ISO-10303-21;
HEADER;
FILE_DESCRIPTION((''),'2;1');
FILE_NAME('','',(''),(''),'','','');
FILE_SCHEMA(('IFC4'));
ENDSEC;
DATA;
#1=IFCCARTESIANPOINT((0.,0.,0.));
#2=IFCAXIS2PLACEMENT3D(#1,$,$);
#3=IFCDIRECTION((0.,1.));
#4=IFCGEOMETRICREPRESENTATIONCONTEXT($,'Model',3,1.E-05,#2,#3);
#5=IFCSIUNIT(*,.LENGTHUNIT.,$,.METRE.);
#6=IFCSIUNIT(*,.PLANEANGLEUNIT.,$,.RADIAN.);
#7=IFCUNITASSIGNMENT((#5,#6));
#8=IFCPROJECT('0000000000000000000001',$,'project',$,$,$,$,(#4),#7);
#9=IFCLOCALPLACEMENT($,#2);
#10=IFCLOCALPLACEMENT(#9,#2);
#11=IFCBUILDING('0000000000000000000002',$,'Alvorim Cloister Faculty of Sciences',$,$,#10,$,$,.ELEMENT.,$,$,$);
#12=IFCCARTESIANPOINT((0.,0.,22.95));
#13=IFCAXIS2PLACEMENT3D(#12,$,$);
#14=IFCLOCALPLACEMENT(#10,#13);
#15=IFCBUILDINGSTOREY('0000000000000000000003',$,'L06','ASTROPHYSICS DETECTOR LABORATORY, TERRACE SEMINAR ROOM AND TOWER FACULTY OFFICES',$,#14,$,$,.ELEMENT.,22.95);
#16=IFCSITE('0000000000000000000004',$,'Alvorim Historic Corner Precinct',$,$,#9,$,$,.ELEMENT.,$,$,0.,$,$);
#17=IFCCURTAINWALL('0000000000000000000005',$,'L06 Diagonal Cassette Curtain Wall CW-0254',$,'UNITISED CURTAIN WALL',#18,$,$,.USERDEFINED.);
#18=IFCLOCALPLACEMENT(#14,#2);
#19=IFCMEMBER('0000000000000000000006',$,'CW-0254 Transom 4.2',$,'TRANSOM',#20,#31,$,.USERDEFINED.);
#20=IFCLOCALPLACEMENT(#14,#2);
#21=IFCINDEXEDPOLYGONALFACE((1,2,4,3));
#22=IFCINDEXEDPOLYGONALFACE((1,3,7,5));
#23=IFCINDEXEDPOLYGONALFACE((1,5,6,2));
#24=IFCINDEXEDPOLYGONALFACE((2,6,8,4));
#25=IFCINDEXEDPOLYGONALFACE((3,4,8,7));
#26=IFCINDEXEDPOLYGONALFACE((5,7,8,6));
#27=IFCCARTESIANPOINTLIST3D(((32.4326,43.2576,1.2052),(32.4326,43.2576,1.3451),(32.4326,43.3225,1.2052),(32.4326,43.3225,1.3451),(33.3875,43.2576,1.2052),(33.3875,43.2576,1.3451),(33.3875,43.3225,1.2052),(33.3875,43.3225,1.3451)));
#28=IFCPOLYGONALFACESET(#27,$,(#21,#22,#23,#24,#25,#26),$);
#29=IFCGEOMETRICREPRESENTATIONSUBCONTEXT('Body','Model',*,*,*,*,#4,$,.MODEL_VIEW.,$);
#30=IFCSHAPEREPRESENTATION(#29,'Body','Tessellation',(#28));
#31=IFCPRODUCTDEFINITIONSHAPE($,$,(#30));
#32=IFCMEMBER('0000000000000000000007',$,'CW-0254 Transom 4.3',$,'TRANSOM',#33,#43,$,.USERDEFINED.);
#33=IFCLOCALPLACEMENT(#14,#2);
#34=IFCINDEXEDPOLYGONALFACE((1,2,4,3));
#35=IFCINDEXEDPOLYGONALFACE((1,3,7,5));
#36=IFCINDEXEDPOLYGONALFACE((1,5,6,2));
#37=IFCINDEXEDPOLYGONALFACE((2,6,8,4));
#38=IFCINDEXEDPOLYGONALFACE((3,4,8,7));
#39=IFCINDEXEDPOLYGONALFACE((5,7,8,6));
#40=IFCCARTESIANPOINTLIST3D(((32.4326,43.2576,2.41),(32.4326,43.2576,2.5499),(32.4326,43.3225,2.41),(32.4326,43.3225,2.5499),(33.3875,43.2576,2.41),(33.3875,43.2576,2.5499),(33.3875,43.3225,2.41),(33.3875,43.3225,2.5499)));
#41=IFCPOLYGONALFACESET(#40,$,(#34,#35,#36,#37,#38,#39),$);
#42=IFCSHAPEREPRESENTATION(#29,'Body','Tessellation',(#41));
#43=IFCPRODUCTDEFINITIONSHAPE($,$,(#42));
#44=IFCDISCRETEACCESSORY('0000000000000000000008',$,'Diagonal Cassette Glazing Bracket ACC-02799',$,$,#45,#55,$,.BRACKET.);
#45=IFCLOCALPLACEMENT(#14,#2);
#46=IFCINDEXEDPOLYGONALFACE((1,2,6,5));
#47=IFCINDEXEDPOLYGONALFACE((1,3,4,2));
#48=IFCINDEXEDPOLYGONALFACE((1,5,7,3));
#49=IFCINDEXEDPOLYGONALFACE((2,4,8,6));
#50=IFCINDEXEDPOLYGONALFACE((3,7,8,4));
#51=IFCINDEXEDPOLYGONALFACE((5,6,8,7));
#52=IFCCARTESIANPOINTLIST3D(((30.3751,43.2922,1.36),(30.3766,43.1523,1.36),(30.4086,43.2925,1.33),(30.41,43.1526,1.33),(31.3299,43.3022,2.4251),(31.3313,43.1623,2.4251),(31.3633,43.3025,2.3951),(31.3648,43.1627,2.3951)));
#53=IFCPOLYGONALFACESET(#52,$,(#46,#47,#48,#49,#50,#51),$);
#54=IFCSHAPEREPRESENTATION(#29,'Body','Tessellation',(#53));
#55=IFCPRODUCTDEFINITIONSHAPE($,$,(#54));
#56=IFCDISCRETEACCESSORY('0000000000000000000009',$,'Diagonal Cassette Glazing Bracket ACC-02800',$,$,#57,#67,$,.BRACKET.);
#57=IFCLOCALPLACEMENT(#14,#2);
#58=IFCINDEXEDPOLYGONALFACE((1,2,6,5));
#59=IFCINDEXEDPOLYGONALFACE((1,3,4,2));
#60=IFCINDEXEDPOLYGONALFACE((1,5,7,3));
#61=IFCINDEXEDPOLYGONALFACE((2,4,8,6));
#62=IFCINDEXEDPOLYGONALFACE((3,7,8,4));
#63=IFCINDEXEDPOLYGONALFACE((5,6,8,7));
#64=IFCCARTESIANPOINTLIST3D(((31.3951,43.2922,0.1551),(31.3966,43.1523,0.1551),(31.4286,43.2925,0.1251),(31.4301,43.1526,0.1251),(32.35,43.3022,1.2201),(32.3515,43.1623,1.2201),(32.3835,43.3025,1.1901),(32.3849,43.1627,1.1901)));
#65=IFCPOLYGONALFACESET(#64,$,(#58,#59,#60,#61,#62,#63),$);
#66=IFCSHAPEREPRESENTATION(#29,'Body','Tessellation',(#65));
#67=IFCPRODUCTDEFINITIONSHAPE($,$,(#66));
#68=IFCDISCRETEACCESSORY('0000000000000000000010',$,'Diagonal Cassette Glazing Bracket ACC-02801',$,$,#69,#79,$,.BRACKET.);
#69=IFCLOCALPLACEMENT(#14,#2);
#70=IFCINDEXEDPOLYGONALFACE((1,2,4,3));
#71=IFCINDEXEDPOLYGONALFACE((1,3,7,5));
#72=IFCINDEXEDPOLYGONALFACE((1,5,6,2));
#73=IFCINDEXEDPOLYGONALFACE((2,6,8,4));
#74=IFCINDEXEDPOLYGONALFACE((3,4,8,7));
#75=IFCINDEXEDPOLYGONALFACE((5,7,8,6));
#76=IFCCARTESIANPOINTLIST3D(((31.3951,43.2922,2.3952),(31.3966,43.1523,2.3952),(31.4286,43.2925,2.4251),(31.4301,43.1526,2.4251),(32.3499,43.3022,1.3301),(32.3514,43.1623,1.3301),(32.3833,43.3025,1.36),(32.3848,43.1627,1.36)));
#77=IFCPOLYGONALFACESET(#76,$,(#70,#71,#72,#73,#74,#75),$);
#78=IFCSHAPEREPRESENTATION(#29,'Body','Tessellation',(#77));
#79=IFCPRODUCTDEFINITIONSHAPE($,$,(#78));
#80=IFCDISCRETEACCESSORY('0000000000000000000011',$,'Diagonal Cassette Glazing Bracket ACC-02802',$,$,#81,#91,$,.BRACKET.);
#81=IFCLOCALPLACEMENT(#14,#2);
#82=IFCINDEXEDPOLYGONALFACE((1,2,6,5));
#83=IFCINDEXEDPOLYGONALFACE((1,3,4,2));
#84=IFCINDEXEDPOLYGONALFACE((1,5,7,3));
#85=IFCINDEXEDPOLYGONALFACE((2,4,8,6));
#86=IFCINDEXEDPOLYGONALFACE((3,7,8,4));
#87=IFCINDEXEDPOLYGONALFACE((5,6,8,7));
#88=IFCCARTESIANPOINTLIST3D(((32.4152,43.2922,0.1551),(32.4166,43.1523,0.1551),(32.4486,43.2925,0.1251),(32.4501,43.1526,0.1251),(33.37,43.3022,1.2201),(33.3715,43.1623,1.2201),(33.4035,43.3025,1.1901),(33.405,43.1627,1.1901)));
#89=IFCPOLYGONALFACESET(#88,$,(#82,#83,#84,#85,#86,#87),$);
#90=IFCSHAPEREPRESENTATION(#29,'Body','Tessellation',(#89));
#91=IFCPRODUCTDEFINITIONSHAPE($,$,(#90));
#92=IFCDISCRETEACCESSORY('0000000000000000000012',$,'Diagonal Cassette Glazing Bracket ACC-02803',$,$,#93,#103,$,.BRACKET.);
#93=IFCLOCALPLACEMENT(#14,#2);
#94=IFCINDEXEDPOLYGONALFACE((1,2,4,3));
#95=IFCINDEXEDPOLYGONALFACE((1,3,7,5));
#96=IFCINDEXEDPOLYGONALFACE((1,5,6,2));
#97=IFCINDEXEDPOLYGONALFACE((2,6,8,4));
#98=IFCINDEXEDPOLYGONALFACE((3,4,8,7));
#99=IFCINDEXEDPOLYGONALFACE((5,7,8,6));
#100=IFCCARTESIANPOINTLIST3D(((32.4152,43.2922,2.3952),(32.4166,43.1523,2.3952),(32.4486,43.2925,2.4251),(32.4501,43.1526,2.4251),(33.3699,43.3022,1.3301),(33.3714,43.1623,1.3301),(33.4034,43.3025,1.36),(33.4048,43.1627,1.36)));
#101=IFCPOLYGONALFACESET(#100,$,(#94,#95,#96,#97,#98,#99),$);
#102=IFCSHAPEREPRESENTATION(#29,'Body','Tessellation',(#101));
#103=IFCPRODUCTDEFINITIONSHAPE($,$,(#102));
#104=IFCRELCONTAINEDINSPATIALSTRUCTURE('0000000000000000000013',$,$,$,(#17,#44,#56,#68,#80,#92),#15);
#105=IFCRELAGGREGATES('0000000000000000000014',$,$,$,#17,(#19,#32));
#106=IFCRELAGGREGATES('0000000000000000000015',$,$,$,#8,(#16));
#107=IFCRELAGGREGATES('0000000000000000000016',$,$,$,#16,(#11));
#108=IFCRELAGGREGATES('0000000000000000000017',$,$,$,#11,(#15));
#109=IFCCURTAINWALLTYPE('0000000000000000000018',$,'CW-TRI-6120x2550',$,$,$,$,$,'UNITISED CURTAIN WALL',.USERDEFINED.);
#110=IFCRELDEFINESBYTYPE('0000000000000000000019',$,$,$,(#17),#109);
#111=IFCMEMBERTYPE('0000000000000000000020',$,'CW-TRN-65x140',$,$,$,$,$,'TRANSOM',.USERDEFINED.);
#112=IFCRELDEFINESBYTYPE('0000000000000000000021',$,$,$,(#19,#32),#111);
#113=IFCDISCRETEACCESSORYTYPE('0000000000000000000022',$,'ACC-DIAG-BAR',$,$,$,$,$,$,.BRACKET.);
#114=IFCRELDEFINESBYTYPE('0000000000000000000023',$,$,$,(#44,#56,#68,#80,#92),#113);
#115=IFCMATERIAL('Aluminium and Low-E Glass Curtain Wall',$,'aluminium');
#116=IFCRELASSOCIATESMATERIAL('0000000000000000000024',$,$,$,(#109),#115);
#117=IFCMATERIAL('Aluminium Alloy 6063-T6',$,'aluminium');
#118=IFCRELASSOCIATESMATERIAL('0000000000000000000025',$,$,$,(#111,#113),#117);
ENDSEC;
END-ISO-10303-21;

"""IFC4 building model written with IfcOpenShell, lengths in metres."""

from ifc_helpers import new_model, si_unit, direction, frame, origin, origin_2d, place, context, subcontext, project, spatial, rectangle, extrude, material, material_profile, profile_set, type_object, element, aggregate, save


model = new_model("IFC4")

# Units and contexts
model_context = context("Model", 3, precision=1e-05, world=origin(), true_north=direction((0.0, 1.0)))
body_context = subcontext(model_context, "Body", "Model", "MODEL_VIEW")
ifc_project = project(units=[si_unit("LENGTHUNIT", "METRE"), si_unit("PLANEANGLEUNIT", "RADIAN")], contexts=[model_context])

# Site, building, storey
site_placement = place(None, origin())
site = spatial("IfcSite", under=ifc_project, at=site_placement, Name="Alvorim Historic Corner Precinct", CompositionType="ELEMENT", RefElevation=0.0)
building_placement = place(site_placement, origin())
building = spatial("IfcBuilding", under=site, at=building_placement, Name="Alvorim Cloister Faculty of Sciences", CompositionType="ELEMENT")
storey_placement = place(building_placement, frame((0.0, 0.0, 22.95)))
storey = spatial("IfcBuildingStorey", under=building, at=storey_placement, Name="L06", Description="ASTROPHYSICS DETECTOR LABORATORY, TERRACE SEMINAR ROOM AND TOWER FACULTY OFFICES", CompositionType="ELEMENT", Elevation=22.95)

# Curtain wall, members
ifc_material_1 = material(Name="Aluminium and Low-E Glass Curtain Wall", Category="aluminium")
curtain_wall_type = type_object("IfcCurtainWallType", Name="CW-TRI-6120x2550", ElementType="UNITISED CURTAIN WALL", PredefinedType="USERDEFINED", material=ifc_material_1)
curtain_wall_placement = place(storey_placement, origin())
curtain_wall = element("IfcCurtainWall", 1, at=curtain_wall_placement, inside=storey, type_object=curtain_wall_type, Name="L06 Diagonal Cassette Curtain Wall CW-0254", ObjectType="UNITISED CURTAIN WALL", PredefinedType="USERDEFINED")
ifc_material_2 = material(Name="Aluminium Alloy 6063-T6", Category="aluminium")
ifc_material_profile_1 = material_profile(ifc_material_2, rectangle(XDim=0.0649, YDim=0.1399, at=origin_2d()), Name="ALU-TRN-65x140")
ifc_profile_set_1 = profile_set([ifc_material_profile_1], Name="Aluminium Alloy 6063-T6")
member_type_1 = type_object("IfcMemberType", Name="CW-TRN-65x140", ElementType="TRANSOM", PredefinedType="USERDEFINED", material=ifc_profile_set_1)
member_1_placement = place(storey_placement, frame((32.4326, 43.29, 1.2751), z_axis=(1.0, 0.0, 0.0), x_axis=(0.0, 1.0, 0.0)))
member_1 = element("IfcMember", 2, at=member_1_placement, type_object=member_type_1, Name="CW-0254 Transom 4.2", ObjectType="TRANSOM", PredefinedType="USERDEFINED", context=body_context, shape_type="SweptSolid", body=[
    extrude(rectangle(XDim=0.0649, YDim=0.1399, at=origin_2d()), origin(), (0.0, 0.0, 1.0), 0.9548),
])
member_2_placement = place(storey_placement, frame((32.4326, 43.29, 2.48), z_axis=(1.0, 0.0, 0.0), x_axis=(0.0, 1.0, 0.0)))
member_2 = element("IfcMember", 3, at=member_2_placement, type_object=member_type_1, Name="CW-0254 Transom 4.3", ObjectType="TRANSOM", PredefinedType="USERDEFINED", context=body_context, shape_type="SweptSolid", body=[
    extrude(rectangle(XDim=0.0649, YDim=0.1399, at=origin_2d()), origin(), (0.0, 0.0, 1.0), 0.9548),
])
aggregate(curtain_wall, [member_1, member_2])

# Discrete accessories
discrete_accessory_type = type_object("IfcDiscreteAccessoryType", Name="ACC-DIAG-BAR", PredefinedType="BRACKET", material=ifc_material_2)
for number, where, z_axis, x_axis, name in (
    (4, (30.3926, 43.2224, 1.345), (0.667467, 0.006997, 0.744607), (-0.010483, 0.999945, 0.0), "Diagonal Cassette Glazing Bracket ACC-02799"),
    (5, (31.4126, 43.2224, 0.1401), (0.667552, 0.006998, 0.744531), (-0.010483, 0.999945, 0.0), "Diagonal Cassette Glazing Bracket ACC-02800"),
    (6, (31.4126, 43.2224, 2.4102), (0.667467, 0.006997, -0.744607), (-0.010483, 0.999945, 0.0), "Diagonal Cassette Glazing Bracket ACC-02801"),
    (7, (32.4326, 43.2224, 0.1401), (0.667552, 0.006998, 0.744531), (-0.010483, 0.999945, 0.0), "Diagonal Cassette Glazing Bracket ACC-02802"),
    (8, (32.4326, 43.2224, 2.4102), (0.667467, 0.006997, -0.744607), (-0.010483, 0.999945, 0.0), "Diagonal Cassette Glazing Bracket ACC-02803"),
):
    element("IfcDiscreteAccessory", number, at=place(storey_placement, frame(where, z_axis=z_axis, x_axis=x_axis)), inside=storey, type_object=discrete_accessory_type, Name=name, PredefinedType="BRACKET", context=body_context, shape_type="SweptSolid", body=[
        extrude(rectangle(XDim=0.1399, YDim=0.0449, at=origin_2d()), origin(), (0.0, 0.0, 1.0), 1.4304),
    ])

save(model, "model.ifc")
